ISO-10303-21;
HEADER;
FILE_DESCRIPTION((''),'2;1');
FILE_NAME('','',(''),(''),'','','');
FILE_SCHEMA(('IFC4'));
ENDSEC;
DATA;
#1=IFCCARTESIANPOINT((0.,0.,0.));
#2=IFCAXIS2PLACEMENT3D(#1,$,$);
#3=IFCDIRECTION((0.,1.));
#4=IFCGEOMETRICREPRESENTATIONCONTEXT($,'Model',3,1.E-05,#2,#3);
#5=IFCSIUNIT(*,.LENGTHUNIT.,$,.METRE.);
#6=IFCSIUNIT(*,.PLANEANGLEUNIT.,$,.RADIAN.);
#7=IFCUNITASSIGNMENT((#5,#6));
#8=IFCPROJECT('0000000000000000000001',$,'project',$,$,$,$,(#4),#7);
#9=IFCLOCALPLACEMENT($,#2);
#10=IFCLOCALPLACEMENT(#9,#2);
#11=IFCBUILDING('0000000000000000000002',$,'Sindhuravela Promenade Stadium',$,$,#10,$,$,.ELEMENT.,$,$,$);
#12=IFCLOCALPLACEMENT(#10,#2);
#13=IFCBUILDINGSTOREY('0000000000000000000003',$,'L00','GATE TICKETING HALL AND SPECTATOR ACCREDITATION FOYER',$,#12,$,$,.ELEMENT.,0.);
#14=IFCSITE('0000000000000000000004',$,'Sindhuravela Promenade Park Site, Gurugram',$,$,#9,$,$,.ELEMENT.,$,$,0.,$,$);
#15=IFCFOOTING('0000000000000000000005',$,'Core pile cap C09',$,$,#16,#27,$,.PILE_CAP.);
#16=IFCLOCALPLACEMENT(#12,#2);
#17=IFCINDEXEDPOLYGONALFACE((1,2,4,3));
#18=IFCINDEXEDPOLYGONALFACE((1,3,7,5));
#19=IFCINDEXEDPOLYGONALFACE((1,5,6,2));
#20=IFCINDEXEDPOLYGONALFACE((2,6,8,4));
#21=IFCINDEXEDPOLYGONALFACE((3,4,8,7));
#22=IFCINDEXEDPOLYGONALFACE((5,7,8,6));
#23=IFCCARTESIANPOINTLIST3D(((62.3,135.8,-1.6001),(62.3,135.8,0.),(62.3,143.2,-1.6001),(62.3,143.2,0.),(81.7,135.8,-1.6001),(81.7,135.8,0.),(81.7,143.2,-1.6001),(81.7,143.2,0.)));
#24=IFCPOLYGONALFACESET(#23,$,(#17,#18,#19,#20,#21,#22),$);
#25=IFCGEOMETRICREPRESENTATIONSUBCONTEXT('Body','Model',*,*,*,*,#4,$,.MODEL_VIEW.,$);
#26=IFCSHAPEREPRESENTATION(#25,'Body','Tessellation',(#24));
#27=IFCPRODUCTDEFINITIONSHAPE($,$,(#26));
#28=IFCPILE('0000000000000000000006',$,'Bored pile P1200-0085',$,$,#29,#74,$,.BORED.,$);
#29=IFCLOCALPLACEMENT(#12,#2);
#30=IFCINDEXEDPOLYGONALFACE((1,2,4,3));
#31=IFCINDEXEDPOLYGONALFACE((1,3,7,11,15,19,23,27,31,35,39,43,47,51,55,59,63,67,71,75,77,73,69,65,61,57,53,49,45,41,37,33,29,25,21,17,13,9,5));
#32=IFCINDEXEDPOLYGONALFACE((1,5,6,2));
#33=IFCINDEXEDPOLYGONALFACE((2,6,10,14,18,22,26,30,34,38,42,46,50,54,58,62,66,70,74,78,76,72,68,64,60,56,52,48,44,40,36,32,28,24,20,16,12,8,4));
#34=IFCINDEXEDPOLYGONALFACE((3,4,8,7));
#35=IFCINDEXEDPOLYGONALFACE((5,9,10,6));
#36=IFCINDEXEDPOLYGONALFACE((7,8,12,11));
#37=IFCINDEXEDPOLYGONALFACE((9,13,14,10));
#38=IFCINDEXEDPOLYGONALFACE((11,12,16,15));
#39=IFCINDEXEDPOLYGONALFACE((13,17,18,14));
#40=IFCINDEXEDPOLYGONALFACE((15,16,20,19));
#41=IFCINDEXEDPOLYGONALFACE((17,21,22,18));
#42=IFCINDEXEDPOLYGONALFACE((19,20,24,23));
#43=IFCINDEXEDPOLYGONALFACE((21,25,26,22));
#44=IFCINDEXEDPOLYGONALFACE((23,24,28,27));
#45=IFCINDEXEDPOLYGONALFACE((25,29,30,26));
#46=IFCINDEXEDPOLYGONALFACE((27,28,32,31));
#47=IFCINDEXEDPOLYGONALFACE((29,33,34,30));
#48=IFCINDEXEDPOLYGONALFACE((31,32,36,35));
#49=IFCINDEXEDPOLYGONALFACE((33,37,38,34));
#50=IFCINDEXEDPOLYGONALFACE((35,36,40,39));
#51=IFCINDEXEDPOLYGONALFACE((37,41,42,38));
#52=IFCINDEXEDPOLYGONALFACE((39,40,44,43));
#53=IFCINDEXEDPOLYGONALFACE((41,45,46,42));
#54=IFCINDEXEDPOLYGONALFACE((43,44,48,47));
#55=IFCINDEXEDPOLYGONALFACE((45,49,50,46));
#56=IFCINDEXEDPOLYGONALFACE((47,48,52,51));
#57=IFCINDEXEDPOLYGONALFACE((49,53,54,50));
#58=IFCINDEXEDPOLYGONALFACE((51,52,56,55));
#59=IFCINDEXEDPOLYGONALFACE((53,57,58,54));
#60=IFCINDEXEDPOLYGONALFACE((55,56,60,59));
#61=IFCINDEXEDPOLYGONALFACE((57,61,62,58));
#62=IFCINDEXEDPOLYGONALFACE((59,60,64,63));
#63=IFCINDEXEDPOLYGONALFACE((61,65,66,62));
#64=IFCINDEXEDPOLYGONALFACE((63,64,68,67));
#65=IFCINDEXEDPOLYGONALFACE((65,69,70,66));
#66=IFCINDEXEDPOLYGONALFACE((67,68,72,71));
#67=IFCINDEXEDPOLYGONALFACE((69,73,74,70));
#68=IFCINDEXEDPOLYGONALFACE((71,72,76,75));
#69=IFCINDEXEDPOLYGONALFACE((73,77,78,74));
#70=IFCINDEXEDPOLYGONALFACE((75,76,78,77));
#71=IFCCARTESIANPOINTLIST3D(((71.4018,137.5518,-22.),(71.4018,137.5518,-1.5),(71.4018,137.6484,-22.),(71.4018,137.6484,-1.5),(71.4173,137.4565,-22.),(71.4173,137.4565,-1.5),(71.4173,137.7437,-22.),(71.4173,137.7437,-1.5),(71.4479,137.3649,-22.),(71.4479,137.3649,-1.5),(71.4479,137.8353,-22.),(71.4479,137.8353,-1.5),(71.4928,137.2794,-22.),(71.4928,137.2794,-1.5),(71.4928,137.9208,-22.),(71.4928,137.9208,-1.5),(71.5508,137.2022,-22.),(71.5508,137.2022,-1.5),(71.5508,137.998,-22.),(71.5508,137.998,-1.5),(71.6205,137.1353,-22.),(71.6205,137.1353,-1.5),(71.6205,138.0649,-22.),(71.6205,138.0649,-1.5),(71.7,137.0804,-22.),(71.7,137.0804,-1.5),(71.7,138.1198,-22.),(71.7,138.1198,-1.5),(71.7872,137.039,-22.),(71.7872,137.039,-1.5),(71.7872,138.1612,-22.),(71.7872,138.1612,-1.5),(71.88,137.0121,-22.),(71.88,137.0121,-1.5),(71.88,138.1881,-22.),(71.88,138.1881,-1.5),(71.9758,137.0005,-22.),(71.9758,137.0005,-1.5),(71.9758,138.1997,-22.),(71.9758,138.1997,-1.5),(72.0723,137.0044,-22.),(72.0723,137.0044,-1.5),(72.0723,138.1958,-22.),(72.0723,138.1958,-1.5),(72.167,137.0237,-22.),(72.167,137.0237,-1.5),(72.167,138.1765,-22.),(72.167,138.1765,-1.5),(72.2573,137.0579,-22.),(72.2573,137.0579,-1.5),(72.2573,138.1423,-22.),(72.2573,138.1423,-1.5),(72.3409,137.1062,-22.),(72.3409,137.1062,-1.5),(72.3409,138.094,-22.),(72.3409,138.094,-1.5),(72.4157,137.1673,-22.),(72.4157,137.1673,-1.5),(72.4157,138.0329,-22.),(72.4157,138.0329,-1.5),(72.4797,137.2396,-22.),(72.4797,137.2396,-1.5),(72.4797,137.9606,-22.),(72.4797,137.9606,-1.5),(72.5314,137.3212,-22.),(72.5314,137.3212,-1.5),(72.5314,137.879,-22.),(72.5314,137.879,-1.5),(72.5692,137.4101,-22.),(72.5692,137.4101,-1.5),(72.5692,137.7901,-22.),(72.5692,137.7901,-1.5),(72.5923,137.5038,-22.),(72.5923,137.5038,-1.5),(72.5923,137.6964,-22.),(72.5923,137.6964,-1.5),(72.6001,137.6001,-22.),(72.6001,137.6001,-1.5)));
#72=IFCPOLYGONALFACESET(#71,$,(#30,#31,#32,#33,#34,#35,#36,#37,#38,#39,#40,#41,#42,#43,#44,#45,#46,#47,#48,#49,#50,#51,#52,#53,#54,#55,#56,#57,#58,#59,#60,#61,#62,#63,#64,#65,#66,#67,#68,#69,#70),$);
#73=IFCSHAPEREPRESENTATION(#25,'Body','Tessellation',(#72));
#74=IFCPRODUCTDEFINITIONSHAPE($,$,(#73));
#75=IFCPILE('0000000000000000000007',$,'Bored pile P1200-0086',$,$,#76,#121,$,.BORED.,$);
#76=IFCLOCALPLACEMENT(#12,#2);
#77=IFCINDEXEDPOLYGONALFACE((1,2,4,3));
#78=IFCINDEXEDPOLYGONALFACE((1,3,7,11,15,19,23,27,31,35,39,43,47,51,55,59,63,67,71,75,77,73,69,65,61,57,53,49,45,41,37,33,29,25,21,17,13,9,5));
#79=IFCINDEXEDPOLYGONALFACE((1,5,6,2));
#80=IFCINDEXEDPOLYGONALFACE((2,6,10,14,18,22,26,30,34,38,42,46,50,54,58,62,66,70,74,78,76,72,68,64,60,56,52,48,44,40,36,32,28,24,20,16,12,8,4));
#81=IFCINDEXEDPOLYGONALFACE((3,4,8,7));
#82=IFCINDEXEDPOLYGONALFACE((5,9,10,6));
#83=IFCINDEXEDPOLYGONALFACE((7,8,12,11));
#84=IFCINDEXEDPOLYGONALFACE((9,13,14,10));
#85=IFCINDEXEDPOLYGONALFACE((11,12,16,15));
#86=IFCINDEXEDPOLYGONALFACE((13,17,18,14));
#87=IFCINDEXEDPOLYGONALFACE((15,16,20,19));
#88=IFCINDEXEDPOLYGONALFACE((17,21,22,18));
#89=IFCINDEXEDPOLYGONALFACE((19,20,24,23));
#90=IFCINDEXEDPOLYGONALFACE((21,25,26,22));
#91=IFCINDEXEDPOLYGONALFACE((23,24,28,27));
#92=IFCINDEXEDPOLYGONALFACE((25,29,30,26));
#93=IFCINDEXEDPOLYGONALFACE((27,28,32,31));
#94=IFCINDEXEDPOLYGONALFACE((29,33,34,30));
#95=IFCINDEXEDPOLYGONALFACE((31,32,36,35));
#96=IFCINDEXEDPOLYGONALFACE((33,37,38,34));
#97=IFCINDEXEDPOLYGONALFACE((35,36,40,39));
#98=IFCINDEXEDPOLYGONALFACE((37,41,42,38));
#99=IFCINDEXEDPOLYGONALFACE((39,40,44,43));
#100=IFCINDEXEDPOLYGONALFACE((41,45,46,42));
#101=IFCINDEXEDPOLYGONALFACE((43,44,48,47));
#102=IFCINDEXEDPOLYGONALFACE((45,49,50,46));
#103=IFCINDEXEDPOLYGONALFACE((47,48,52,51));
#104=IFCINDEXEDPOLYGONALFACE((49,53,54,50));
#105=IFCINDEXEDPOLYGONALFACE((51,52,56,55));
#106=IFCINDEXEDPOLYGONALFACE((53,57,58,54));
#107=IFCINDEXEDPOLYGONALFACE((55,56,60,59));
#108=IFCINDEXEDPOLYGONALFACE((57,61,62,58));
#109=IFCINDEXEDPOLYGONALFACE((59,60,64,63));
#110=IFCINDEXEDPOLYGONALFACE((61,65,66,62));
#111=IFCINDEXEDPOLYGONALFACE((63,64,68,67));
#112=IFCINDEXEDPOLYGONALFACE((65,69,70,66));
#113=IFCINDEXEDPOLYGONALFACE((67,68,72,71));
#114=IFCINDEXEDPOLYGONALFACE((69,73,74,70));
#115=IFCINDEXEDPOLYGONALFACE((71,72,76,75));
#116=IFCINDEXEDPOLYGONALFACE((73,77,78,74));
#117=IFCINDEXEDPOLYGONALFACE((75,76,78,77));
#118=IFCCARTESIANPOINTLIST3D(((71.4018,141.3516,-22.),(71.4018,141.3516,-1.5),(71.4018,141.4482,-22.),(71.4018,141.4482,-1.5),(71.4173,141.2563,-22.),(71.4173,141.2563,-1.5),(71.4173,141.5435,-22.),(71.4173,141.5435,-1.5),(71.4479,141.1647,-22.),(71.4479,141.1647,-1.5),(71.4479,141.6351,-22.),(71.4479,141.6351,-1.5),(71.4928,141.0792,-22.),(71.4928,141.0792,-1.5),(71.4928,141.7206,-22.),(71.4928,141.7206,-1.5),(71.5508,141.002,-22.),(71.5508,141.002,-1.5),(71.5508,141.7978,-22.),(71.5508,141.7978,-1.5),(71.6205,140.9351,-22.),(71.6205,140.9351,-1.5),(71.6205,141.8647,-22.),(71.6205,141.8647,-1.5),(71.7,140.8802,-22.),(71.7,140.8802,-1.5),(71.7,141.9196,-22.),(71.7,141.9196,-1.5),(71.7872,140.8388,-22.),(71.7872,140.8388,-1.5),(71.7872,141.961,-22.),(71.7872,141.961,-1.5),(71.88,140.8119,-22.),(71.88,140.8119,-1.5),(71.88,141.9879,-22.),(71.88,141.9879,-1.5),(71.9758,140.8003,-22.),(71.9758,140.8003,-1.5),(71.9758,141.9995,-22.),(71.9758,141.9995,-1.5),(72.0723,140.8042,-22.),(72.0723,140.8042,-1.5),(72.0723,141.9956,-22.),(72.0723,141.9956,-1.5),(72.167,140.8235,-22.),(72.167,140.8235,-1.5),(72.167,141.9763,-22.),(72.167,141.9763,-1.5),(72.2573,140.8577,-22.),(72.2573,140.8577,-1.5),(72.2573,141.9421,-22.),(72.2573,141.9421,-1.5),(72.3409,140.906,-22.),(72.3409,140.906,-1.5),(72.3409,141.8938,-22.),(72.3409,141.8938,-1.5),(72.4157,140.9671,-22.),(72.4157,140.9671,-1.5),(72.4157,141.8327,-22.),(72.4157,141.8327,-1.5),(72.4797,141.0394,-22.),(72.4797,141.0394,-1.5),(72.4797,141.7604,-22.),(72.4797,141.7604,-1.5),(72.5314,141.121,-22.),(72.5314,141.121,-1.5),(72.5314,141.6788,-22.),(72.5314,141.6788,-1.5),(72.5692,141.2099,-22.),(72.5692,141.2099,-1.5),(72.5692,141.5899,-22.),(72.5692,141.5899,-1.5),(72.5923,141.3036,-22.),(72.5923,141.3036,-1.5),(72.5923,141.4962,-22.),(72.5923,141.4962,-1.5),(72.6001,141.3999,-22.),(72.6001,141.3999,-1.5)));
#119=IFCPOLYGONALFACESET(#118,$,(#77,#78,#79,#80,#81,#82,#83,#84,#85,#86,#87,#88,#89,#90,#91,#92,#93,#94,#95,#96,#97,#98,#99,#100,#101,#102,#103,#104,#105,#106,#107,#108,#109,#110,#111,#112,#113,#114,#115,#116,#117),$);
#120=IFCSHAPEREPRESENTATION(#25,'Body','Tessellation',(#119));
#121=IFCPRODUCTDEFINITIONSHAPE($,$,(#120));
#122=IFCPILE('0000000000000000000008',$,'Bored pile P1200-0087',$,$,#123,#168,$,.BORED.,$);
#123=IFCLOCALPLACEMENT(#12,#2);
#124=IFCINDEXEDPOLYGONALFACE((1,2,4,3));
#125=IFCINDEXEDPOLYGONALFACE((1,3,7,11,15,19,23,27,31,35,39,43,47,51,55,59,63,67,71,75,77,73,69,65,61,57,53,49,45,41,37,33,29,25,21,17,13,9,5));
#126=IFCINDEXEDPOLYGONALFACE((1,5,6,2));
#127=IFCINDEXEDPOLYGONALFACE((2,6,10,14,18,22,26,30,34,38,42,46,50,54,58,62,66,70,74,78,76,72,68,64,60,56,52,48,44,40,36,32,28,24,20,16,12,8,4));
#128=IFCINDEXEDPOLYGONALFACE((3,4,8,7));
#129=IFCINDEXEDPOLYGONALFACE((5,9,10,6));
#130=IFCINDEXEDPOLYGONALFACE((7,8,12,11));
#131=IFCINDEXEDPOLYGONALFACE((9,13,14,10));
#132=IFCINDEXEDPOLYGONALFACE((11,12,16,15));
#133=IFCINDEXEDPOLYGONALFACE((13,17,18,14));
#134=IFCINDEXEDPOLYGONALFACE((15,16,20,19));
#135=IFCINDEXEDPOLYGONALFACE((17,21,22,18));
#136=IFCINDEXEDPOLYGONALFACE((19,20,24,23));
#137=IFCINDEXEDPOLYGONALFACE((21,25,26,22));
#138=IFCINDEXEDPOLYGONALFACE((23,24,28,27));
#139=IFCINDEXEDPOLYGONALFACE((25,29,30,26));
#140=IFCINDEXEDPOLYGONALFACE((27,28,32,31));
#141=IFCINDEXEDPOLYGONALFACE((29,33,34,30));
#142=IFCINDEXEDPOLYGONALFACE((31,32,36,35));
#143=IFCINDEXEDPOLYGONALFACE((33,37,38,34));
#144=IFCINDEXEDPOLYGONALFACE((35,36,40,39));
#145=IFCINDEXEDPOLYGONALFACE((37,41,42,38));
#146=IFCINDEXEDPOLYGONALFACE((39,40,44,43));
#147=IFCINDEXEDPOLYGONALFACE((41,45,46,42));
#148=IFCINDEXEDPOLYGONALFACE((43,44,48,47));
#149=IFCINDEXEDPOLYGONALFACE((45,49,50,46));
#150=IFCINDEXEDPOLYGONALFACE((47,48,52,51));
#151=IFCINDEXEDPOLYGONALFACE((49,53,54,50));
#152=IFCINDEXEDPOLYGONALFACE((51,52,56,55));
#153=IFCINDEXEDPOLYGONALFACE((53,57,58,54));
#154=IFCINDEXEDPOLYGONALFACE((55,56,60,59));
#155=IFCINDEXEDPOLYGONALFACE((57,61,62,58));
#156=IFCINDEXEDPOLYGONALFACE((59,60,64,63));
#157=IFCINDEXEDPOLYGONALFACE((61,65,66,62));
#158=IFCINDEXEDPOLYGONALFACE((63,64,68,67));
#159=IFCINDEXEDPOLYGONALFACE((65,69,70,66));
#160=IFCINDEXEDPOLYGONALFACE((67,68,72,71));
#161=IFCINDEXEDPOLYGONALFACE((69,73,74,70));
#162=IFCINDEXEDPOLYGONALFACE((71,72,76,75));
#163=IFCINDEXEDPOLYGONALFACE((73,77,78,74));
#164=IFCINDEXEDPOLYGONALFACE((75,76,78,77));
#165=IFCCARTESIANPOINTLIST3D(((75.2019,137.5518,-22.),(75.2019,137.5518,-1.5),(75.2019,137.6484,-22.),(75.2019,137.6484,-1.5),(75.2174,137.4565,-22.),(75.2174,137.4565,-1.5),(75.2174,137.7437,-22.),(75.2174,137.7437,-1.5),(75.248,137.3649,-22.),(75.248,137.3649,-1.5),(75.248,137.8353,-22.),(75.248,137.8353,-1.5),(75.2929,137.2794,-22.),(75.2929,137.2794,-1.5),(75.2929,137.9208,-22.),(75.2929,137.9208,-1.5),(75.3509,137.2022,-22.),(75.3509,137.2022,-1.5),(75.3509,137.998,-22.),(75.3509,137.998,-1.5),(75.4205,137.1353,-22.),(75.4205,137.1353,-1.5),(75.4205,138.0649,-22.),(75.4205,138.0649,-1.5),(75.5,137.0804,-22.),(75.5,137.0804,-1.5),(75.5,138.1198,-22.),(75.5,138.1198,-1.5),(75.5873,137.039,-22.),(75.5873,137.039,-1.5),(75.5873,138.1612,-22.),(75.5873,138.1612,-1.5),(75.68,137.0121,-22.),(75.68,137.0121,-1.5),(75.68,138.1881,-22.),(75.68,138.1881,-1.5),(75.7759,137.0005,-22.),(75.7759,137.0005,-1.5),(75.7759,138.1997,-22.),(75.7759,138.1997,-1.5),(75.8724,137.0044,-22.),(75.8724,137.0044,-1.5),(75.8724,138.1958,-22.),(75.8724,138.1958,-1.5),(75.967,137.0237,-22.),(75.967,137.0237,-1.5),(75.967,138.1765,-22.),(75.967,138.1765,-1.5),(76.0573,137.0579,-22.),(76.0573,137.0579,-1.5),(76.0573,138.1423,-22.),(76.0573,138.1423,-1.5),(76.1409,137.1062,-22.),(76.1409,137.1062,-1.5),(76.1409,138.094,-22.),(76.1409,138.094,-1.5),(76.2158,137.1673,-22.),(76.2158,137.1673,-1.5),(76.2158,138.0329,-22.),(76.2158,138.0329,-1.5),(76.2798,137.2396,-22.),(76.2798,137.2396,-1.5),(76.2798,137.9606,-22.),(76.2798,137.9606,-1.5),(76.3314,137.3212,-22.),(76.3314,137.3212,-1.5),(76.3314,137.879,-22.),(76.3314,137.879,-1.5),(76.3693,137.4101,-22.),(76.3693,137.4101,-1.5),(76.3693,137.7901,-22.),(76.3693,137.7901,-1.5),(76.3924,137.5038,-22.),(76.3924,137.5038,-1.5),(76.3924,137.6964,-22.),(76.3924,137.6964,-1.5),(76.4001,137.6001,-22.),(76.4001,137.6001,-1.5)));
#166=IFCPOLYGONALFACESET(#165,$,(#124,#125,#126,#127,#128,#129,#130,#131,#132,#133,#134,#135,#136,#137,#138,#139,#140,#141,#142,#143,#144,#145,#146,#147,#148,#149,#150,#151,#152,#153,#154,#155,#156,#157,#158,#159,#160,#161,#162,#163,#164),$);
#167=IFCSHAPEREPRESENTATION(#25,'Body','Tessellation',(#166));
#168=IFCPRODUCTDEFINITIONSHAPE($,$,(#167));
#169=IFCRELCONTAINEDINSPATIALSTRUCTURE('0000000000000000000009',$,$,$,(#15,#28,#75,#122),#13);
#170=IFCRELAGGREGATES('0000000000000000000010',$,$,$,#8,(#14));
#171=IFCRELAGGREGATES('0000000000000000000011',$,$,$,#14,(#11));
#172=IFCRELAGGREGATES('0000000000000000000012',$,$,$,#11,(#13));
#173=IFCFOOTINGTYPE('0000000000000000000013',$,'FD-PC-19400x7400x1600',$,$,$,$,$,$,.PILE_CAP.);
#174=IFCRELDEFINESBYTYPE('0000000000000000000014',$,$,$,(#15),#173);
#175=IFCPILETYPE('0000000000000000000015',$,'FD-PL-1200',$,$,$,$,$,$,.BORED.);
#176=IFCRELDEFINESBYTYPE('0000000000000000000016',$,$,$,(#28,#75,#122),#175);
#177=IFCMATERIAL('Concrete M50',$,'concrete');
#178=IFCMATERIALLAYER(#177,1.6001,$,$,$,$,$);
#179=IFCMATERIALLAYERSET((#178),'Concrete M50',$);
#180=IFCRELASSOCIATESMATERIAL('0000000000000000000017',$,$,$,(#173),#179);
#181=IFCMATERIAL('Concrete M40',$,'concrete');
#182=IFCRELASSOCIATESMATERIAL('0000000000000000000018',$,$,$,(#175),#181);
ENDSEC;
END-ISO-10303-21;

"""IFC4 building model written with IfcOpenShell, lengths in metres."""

from ifc_helpers import new_model, si_unit, direction, frame, origin, origin_2d, place, context, subcontext, project, spatial, rectangle, circle, extrude, material, layer, layer_set, material_profile, profile_set, type_object, element, save


model = new_model("IFC4")

# Units and contexts
model_context = context("Model", 3, precision=1e-05, world=origin(), true_north=direction((0.0, 1.0)))
body_context = subcontext(model_context, "Body", "Model", "MODEL_VIEW")
ifc_project = project(units=[si_unit("LENGTHUNIT", "METRE"), si_unit("PLANEANGLEUNIT", "RADIAN")], contexts=[model_context])

# Site, building, storey
site_placement = place(None, origin())
site = spatial("IfcSite", under=ifc_project, at=site_placement, Name="Sindhuravela Promenade Park Site, Gurugram", CompositionType="ELEMENT", RefElevation=0.0)
building_placement = place(site_placement, origin())
building = spatial("IfcBuilding", under=site, at=building_placement, Name="Sindhuravela Promenade Stadium", CompositionType="ELEMENT")
storey_placement = place(building_placement, origin())
storey = spatial("IfcBuildingStorey", under=building, at=storey_placement, Name="L00", Description="GATE TICKETING HALL AND SPECTATOR ACCREDITATION FOYER", CompositionType="ELEMENT", Elevation=0.0)

# Footing
ifc_material_1 = material(Name="Concrete M50", Category="concrete")
ifc_layer_1 = layer(ifc_material_1, 1.6001)
ifc_layer_set_1 = layer_set([ifc_layer_1], Name="Concrete M50")
footing_type = type_object("IfcFootingType", Name="FD-PC-19400x7400x1600", PredefinedType="PILE_CAP", material=ifc_layer_set_1)
footing_placement = place(storey_placement, frame((72.0, 139.5, -1.6001), z_axis=(0.0, 0.0, 1.0), x_axis=(1.0, 0.0, 0.0)))
element("IfcFooting", 1, at=footing_placement, inside=storey, type_object=footing_type, Name="Core pile cap C09", PredefinedType="PILE_CAP", context=body_context, shape_type="SweptSolid", body=[
    extrude(rectangle(XDim=19.3999, YDim=7.3999, at=origin_2d()), origin(), (0.0, 0.0, 1.0), 1.6001),
])

# Piles
ifc_material_2 = material(Name="Concrete M40", Category="concrete")
ifc_material_profile_1 = material_profile(ifc_material_2, circle(Radius=0.6001, at=origin_2d()), Name="BORED PILE D1200")
ifc_profile_set_1 = profile_set([ifc_material_profile_1], Name="Concrete M40")
pile_type = type_object("IfcPileType", Name="FD-PL-1200", PredefinedType="BORED", material=ifc_profile_set_1)
for number, where, z_axis, x_axis, name in (
    (2, (72.0, 137.6001, -1.5), (0.0, 0.0, -1.0), (1.0, 0.0, 0.0), "Bored pile P1200-0085"),
    (3, (72.0, 141.3999, -1.5), (0.0, 0.0, -1.0), (1.0, 0.0, 0.0), "Bored pile P1200-0086"),
    (4, (75.8, 137.6001, -1.5), (0.0, 0.0, -1.0), (1.0, 0.0, 0.0), "Bored pile P1200-0087"),
):
    element("IfcPile", number, at=place(storey_placement, frame(where, z_axis=z_axis, x_axis=x_axis)), inside=storey, type_object=pile_type, Name=name, PredefinedType="BORED", context=body_context, shape_type="SweptSolid", body=[
        extrude(circle(Radius=0.6001, at=origin_2d()), origin(), (0.0, 0.0, 1.0), 20.5),
    ])

save(model, "model.ifc")
